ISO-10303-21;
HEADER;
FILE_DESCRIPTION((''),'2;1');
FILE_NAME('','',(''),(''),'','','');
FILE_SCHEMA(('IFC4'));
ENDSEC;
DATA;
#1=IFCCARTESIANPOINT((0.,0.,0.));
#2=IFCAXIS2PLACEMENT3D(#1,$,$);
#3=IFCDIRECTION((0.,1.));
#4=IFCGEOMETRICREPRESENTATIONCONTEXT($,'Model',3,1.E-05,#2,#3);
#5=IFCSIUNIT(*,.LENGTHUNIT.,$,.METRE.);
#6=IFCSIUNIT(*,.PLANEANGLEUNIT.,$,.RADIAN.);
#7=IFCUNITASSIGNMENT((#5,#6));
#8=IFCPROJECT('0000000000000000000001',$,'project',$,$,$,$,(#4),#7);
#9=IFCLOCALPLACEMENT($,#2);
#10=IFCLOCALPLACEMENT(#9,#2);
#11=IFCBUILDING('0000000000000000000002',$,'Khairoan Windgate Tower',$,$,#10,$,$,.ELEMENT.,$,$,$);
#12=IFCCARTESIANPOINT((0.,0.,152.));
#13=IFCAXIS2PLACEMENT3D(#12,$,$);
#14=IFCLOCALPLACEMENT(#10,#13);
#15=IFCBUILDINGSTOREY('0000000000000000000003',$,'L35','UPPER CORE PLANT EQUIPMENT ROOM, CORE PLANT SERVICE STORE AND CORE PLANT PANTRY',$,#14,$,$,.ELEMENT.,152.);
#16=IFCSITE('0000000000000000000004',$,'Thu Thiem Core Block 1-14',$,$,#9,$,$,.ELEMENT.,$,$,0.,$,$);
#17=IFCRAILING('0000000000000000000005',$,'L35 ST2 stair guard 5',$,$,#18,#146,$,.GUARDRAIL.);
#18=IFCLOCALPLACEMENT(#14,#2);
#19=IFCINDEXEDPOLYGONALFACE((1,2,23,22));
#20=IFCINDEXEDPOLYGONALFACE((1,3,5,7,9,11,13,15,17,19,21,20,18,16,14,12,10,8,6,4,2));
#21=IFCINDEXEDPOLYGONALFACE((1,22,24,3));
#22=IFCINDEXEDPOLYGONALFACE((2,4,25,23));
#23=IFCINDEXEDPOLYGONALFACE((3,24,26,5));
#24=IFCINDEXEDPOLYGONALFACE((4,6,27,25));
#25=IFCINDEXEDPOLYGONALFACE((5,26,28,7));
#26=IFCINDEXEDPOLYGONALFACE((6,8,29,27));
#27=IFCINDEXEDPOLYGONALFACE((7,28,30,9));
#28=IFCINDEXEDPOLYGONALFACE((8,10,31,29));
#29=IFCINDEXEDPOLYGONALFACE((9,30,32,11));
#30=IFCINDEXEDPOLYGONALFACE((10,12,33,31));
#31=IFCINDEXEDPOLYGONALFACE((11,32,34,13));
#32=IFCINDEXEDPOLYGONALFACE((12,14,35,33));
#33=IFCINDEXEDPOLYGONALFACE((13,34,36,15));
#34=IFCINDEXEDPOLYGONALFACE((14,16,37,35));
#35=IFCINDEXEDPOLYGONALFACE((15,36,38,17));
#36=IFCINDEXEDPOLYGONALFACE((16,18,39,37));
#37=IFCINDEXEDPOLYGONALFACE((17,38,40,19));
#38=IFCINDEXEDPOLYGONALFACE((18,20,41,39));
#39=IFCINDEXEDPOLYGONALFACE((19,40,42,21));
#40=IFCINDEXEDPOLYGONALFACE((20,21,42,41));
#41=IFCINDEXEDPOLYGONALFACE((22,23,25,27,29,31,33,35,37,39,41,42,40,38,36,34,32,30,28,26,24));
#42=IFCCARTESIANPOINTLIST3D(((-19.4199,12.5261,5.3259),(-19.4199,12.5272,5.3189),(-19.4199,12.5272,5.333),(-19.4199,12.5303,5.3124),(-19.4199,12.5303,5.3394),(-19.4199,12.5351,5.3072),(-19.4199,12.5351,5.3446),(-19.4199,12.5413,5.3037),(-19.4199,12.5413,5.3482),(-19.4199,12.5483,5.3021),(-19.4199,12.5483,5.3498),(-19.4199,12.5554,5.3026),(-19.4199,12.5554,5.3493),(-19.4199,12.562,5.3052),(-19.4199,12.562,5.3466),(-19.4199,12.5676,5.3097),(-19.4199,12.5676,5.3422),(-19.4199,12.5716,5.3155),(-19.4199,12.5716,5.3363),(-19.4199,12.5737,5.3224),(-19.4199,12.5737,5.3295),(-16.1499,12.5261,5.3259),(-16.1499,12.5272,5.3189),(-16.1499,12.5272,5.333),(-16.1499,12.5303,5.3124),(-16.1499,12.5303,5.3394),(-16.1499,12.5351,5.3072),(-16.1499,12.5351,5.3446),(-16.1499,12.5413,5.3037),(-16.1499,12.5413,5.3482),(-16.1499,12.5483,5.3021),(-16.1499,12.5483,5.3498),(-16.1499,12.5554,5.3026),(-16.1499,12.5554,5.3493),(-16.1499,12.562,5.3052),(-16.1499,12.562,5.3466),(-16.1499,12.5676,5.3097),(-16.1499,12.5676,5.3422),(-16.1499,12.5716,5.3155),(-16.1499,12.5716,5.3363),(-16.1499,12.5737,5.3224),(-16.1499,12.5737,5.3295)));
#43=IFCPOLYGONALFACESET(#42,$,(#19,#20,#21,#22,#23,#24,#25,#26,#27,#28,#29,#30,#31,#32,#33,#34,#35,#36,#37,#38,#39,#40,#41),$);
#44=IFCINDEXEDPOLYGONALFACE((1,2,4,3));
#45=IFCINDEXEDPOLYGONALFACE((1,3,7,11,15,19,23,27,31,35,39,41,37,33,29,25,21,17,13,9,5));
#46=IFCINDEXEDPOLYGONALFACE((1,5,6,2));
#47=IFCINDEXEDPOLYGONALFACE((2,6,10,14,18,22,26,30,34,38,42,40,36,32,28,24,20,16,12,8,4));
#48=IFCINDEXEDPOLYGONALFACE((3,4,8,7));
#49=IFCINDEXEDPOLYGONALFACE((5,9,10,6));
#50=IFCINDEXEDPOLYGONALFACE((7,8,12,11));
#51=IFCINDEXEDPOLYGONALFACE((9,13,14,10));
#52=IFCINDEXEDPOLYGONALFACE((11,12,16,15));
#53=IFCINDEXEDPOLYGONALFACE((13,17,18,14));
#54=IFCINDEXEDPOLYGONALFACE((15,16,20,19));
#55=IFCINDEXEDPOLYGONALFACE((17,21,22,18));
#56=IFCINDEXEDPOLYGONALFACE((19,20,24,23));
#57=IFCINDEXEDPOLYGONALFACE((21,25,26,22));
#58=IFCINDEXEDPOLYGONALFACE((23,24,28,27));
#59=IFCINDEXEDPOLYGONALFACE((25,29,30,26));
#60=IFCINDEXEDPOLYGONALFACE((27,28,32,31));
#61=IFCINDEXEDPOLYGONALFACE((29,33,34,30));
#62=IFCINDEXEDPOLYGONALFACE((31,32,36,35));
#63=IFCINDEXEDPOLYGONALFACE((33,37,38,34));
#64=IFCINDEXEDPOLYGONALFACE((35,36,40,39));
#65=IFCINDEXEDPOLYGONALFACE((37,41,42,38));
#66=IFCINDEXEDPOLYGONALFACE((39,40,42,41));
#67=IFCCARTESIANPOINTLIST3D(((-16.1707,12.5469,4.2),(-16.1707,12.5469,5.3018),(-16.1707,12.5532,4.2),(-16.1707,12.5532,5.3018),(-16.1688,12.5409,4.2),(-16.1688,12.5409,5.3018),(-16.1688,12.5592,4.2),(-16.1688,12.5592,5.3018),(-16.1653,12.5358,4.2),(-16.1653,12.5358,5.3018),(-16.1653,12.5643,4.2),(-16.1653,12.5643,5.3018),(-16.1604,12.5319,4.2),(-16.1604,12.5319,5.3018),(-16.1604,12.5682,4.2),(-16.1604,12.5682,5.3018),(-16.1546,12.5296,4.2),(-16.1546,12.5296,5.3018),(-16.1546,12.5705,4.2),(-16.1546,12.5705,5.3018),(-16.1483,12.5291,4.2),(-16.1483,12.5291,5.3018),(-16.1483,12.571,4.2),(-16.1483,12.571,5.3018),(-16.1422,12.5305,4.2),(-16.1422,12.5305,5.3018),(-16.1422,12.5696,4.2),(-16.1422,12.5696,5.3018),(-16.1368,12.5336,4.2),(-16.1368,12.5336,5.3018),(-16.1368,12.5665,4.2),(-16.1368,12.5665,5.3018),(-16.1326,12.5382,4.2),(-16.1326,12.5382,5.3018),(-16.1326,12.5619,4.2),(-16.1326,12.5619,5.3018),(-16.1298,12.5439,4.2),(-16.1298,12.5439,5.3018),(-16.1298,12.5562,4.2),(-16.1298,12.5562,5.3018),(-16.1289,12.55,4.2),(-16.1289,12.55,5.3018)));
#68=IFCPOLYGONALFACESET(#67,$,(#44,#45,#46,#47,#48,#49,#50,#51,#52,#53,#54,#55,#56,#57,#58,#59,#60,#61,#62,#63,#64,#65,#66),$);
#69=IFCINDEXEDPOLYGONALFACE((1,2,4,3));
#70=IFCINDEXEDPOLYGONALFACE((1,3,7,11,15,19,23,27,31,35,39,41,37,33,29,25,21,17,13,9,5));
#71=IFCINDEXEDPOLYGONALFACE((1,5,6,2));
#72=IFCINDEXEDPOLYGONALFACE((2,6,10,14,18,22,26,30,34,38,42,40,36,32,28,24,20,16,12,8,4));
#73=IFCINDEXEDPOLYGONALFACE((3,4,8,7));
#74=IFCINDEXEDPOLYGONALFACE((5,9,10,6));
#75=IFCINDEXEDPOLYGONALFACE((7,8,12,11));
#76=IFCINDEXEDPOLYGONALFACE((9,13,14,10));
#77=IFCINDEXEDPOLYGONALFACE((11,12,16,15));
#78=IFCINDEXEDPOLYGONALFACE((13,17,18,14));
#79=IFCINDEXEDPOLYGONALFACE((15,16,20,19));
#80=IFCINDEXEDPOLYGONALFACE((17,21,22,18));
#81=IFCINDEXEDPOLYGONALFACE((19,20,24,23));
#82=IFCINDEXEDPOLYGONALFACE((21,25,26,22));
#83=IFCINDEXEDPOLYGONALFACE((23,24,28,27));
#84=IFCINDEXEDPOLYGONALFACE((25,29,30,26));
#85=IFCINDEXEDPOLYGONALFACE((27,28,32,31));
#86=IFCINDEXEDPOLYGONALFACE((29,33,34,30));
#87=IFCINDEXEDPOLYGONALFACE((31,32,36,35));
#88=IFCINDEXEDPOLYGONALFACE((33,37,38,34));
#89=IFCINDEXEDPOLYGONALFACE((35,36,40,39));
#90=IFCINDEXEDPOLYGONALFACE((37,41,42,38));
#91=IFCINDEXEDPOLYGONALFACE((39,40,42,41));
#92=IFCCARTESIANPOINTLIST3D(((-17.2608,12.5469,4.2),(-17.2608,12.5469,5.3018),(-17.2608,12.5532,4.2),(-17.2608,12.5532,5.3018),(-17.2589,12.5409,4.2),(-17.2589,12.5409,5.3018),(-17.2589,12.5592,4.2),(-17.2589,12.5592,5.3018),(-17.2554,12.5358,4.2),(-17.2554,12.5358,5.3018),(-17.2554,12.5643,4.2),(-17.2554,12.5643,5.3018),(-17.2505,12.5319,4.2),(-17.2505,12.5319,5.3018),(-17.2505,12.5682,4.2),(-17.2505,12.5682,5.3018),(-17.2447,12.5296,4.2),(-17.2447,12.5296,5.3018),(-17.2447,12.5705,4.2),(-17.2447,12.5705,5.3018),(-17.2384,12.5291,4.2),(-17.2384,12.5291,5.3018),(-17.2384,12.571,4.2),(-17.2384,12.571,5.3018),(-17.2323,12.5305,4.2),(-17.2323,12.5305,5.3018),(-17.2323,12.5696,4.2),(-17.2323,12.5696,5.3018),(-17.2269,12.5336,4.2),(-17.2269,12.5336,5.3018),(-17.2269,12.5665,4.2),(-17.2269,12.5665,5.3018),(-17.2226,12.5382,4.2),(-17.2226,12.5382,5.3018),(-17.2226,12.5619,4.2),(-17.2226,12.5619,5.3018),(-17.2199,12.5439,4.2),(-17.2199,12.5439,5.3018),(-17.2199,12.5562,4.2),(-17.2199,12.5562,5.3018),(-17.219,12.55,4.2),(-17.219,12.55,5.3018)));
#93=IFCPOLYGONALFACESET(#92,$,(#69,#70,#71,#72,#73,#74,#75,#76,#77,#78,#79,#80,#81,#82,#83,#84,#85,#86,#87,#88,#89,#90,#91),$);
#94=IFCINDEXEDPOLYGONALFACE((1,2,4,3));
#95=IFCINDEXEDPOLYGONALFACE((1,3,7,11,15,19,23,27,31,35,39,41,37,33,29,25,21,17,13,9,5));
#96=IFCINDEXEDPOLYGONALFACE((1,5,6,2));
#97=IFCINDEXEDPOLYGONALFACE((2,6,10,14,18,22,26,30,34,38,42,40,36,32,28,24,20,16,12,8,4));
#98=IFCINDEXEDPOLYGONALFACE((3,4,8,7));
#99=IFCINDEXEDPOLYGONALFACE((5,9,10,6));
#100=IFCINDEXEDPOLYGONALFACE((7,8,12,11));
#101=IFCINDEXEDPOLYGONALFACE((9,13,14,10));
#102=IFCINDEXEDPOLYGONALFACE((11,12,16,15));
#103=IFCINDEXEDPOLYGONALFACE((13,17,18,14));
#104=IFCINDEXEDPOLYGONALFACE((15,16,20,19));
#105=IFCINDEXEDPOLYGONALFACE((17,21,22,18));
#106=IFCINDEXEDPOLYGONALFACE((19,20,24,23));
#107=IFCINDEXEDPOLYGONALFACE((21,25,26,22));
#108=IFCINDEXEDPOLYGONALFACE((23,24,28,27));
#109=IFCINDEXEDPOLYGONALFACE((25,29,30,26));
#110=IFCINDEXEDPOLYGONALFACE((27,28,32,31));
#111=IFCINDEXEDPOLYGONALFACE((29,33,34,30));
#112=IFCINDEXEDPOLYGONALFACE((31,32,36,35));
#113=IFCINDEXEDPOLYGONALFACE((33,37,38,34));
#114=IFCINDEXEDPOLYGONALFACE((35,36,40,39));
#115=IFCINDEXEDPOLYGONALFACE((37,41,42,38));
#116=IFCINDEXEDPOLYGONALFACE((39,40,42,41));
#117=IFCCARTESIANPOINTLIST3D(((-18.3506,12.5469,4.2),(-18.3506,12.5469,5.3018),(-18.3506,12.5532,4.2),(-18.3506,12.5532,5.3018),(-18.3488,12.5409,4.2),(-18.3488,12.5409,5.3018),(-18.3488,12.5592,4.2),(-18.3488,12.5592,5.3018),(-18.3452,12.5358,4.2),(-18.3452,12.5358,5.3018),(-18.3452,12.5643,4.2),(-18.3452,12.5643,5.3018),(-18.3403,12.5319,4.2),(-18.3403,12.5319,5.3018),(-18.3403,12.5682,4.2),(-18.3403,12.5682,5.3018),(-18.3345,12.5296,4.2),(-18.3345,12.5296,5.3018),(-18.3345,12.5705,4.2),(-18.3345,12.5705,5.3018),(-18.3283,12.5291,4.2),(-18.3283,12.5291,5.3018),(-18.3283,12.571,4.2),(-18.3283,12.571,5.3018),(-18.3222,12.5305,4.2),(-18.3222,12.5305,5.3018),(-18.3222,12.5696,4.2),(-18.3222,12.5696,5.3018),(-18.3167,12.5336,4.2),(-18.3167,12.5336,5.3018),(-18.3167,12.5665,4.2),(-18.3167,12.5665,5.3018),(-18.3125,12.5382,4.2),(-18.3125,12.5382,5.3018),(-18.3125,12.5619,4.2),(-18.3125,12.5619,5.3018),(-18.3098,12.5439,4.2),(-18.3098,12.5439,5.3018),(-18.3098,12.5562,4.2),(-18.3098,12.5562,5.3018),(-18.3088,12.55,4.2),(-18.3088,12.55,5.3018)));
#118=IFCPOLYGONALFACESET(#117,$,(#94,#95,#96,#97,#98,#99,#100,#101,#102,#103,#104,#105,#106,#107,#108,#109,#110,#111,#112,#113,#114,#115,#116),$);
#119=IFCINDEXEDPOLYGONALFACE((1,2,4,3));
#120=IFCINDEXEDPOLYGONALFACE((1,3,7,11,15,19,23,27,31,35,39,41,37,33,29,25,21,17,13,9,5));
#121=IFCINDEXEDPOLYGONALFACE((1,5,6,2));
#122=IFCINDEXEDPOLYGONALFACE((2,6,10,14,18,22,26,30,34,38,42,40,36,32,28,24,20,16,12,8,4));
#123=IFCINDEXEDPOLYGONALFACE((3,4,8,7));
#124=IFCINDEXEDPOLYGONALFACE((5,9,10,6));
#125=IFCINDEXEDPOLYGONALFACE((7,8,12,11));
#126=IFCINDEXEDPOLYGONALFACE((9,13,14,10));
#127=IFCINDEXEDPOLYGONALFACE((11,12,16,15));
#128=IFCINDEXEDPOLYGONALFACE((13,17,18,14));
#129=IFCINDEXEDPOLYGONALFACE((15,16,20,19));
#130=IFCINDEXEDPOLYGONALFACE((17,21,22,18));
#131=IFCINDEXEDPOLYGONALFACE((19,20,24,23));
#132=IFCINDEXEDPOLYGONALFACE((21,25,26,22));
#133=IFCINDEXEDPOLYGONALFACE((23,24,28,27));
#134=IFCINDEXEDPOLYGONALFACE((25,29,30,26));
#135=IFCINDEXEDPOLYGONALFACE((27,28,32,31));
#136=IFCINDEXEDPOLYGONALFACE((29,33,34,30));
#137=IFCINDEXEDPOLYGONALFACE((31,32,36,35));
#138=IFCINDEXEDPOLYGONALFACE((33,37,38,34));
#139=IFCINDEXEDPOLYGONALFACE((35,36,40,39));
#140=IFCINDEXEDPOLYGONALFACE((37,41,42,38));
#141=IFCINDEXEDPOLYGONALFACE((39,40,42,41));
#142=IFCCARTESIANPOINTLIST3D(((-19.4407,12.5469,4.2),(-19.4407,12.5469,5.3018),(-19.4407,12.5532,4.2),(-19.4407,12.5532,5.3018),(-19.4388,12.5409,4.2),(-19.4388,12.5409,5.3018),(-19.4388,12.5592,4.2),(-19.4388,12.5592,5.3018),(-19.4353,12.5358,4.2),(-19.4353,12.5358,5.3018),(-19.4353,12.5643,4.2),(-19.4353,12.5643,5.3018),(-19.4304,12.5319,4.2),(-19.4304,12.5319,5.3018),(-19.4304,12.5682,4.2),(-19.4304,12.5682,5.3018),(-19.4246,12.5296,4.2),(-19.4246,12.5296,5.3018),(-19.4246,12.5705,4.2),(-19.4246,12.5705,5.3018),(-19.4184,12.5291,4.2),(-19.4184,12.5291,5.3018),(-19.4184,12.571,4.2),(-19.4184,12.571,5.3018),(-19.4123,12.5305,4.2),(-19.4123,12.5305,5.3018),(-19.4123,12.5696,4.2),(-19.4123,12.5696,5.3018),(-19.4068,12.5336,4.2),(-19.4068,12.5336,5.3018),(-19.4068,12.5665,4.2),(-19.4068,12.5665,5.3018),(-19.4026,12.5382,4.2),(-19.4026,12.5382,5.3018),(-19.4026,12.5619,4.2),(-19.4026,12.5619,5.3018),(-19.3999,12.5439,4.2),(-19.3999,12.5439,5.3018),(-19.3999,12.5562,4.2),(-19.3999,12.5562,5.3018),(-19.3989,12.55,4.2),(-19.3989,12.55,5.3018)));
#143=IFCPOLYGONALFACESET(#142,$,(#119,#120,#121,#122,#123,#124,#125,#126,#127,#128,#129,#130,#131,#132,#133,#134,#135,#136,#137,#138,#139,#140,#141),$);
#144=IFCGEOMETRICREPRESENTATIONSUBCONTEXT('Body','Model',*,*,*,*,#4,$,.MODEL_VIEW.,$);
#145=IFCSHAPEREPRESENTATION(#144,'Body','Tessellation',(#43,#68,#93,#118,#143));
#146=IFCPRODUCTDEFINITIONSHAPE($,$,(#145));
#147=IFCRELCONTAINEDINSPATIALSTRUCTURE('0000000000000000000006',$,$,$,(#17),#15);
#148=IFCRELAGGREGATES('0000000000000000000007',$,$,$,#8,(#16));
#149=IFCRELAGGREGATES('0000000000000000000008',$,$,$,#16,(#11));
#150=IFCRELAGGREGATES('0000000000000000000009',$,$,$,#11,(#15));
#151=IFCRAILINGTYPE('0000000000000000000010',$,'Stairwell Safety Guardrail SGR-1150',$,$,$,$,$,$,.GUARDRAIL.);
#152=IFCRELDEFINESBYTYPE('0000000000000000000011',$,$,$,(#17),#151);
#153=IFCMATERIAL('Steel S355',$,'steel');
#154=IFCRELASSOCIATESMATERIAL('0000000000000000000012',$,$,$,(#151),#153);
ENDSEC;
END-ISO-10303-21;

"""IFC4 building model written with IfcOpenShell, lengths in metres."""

from ifc_helpers import new_model, si_unit, direction, frame, origin, origin_2d, place, context, subcontext, project, spatial, circle, extrude, material, type_object, element, save


model = new_model("IFC4")

# Units and contexts
model_context = context("Model", 3, precision=1e-05, world=origin(), true_north=direction((0.0, 1.0)))
body_context = subcontext(model_context, "Body", "Model", "MODEL_VIEW")
ifc_project = project(units=[si_unit("LENGTHUNIT", "METRE"), si_unit("PLANEANGLEUNIT", "RADIAN")], contexts=[model_context])

# Site, building, storey
site_placement = place(None, origin())
site = spatial("IfcSite", under=ifc_project, at=site_placement, Name="Thu Thiem Core Block 1-14", CompositionType="ELEMENT", RefElevation=0.0)
building_placement = place(site_placement, origin())
building = spatial("IfcBuilding", under=site, at=building_placement, Name="Khairoan Windgate Tower", CompositionType="ELEMENT")
storey_placement = place(building_placement, frame((0.0, 0.0, 152.0)))
storey = spatial("IfcBuildingStorey", under=building, at=storey_placement, Name="L35", Description="UPPER CORE PLANT EQUIPMENT ROOM, CORE PLANT SERVICE STORE AND CORE PLANT PANTRY", CompositionType="ELEMENT", Elevation=152.0)

# Railing
ifc_material_1 = material(Name="Steel S355", Category="steel")
railing_type_1 = type_object("IfcRailingType", Name="Stairwell Safety Guardrail SGR-1150", PredefinedType="GUARDRAIL", material=ifc_material_1)
railing_1_placement = place(storey_placement, frame((-16.1499, 12.55, 4.2)))
element("IfcRailing", 1, at=railing_1_placement, inside=storey, type_object=railing_type_1, Name="L35 ST2 stair guard 5", PredefinedType="GUARDRAIL", context=body_context, shape_type="SweptSolid", body=[
    extrude(circle(Radius=0.0239, at=origin_2d()), frame((0.0, 0.0, 1.126), z_axis=(-1.0, 0.0, 0.0), x_axis=(0.0, -1.0, 0.0)), (0.0, 0.0, 1.0), 3.27),
    extrude(circle(Radius=0.021, at=origin_2d()), origin(), (0.0, 0.0, 1.0), 1.1018),
    extrude(circle(Radius=0.021, at=origin_2d()), frame((-1.0901, 0.0, 0.0)), (0.0, 0.0, 1.0), 1.1018),
    extrude(circle(Radius=0.021, at=origin_2d()), frame((-2.1799, 0.0, 0.0)), (0.0, 0.0, 1.0), 1.1018),
    extrude(circle(Radius=0.021, at=origin_2d()), frame((-3.27, 0.0, 0.0)), (0.0, 0.0, 1.0), 1.1018),
])

save(model, "model.ifc")
